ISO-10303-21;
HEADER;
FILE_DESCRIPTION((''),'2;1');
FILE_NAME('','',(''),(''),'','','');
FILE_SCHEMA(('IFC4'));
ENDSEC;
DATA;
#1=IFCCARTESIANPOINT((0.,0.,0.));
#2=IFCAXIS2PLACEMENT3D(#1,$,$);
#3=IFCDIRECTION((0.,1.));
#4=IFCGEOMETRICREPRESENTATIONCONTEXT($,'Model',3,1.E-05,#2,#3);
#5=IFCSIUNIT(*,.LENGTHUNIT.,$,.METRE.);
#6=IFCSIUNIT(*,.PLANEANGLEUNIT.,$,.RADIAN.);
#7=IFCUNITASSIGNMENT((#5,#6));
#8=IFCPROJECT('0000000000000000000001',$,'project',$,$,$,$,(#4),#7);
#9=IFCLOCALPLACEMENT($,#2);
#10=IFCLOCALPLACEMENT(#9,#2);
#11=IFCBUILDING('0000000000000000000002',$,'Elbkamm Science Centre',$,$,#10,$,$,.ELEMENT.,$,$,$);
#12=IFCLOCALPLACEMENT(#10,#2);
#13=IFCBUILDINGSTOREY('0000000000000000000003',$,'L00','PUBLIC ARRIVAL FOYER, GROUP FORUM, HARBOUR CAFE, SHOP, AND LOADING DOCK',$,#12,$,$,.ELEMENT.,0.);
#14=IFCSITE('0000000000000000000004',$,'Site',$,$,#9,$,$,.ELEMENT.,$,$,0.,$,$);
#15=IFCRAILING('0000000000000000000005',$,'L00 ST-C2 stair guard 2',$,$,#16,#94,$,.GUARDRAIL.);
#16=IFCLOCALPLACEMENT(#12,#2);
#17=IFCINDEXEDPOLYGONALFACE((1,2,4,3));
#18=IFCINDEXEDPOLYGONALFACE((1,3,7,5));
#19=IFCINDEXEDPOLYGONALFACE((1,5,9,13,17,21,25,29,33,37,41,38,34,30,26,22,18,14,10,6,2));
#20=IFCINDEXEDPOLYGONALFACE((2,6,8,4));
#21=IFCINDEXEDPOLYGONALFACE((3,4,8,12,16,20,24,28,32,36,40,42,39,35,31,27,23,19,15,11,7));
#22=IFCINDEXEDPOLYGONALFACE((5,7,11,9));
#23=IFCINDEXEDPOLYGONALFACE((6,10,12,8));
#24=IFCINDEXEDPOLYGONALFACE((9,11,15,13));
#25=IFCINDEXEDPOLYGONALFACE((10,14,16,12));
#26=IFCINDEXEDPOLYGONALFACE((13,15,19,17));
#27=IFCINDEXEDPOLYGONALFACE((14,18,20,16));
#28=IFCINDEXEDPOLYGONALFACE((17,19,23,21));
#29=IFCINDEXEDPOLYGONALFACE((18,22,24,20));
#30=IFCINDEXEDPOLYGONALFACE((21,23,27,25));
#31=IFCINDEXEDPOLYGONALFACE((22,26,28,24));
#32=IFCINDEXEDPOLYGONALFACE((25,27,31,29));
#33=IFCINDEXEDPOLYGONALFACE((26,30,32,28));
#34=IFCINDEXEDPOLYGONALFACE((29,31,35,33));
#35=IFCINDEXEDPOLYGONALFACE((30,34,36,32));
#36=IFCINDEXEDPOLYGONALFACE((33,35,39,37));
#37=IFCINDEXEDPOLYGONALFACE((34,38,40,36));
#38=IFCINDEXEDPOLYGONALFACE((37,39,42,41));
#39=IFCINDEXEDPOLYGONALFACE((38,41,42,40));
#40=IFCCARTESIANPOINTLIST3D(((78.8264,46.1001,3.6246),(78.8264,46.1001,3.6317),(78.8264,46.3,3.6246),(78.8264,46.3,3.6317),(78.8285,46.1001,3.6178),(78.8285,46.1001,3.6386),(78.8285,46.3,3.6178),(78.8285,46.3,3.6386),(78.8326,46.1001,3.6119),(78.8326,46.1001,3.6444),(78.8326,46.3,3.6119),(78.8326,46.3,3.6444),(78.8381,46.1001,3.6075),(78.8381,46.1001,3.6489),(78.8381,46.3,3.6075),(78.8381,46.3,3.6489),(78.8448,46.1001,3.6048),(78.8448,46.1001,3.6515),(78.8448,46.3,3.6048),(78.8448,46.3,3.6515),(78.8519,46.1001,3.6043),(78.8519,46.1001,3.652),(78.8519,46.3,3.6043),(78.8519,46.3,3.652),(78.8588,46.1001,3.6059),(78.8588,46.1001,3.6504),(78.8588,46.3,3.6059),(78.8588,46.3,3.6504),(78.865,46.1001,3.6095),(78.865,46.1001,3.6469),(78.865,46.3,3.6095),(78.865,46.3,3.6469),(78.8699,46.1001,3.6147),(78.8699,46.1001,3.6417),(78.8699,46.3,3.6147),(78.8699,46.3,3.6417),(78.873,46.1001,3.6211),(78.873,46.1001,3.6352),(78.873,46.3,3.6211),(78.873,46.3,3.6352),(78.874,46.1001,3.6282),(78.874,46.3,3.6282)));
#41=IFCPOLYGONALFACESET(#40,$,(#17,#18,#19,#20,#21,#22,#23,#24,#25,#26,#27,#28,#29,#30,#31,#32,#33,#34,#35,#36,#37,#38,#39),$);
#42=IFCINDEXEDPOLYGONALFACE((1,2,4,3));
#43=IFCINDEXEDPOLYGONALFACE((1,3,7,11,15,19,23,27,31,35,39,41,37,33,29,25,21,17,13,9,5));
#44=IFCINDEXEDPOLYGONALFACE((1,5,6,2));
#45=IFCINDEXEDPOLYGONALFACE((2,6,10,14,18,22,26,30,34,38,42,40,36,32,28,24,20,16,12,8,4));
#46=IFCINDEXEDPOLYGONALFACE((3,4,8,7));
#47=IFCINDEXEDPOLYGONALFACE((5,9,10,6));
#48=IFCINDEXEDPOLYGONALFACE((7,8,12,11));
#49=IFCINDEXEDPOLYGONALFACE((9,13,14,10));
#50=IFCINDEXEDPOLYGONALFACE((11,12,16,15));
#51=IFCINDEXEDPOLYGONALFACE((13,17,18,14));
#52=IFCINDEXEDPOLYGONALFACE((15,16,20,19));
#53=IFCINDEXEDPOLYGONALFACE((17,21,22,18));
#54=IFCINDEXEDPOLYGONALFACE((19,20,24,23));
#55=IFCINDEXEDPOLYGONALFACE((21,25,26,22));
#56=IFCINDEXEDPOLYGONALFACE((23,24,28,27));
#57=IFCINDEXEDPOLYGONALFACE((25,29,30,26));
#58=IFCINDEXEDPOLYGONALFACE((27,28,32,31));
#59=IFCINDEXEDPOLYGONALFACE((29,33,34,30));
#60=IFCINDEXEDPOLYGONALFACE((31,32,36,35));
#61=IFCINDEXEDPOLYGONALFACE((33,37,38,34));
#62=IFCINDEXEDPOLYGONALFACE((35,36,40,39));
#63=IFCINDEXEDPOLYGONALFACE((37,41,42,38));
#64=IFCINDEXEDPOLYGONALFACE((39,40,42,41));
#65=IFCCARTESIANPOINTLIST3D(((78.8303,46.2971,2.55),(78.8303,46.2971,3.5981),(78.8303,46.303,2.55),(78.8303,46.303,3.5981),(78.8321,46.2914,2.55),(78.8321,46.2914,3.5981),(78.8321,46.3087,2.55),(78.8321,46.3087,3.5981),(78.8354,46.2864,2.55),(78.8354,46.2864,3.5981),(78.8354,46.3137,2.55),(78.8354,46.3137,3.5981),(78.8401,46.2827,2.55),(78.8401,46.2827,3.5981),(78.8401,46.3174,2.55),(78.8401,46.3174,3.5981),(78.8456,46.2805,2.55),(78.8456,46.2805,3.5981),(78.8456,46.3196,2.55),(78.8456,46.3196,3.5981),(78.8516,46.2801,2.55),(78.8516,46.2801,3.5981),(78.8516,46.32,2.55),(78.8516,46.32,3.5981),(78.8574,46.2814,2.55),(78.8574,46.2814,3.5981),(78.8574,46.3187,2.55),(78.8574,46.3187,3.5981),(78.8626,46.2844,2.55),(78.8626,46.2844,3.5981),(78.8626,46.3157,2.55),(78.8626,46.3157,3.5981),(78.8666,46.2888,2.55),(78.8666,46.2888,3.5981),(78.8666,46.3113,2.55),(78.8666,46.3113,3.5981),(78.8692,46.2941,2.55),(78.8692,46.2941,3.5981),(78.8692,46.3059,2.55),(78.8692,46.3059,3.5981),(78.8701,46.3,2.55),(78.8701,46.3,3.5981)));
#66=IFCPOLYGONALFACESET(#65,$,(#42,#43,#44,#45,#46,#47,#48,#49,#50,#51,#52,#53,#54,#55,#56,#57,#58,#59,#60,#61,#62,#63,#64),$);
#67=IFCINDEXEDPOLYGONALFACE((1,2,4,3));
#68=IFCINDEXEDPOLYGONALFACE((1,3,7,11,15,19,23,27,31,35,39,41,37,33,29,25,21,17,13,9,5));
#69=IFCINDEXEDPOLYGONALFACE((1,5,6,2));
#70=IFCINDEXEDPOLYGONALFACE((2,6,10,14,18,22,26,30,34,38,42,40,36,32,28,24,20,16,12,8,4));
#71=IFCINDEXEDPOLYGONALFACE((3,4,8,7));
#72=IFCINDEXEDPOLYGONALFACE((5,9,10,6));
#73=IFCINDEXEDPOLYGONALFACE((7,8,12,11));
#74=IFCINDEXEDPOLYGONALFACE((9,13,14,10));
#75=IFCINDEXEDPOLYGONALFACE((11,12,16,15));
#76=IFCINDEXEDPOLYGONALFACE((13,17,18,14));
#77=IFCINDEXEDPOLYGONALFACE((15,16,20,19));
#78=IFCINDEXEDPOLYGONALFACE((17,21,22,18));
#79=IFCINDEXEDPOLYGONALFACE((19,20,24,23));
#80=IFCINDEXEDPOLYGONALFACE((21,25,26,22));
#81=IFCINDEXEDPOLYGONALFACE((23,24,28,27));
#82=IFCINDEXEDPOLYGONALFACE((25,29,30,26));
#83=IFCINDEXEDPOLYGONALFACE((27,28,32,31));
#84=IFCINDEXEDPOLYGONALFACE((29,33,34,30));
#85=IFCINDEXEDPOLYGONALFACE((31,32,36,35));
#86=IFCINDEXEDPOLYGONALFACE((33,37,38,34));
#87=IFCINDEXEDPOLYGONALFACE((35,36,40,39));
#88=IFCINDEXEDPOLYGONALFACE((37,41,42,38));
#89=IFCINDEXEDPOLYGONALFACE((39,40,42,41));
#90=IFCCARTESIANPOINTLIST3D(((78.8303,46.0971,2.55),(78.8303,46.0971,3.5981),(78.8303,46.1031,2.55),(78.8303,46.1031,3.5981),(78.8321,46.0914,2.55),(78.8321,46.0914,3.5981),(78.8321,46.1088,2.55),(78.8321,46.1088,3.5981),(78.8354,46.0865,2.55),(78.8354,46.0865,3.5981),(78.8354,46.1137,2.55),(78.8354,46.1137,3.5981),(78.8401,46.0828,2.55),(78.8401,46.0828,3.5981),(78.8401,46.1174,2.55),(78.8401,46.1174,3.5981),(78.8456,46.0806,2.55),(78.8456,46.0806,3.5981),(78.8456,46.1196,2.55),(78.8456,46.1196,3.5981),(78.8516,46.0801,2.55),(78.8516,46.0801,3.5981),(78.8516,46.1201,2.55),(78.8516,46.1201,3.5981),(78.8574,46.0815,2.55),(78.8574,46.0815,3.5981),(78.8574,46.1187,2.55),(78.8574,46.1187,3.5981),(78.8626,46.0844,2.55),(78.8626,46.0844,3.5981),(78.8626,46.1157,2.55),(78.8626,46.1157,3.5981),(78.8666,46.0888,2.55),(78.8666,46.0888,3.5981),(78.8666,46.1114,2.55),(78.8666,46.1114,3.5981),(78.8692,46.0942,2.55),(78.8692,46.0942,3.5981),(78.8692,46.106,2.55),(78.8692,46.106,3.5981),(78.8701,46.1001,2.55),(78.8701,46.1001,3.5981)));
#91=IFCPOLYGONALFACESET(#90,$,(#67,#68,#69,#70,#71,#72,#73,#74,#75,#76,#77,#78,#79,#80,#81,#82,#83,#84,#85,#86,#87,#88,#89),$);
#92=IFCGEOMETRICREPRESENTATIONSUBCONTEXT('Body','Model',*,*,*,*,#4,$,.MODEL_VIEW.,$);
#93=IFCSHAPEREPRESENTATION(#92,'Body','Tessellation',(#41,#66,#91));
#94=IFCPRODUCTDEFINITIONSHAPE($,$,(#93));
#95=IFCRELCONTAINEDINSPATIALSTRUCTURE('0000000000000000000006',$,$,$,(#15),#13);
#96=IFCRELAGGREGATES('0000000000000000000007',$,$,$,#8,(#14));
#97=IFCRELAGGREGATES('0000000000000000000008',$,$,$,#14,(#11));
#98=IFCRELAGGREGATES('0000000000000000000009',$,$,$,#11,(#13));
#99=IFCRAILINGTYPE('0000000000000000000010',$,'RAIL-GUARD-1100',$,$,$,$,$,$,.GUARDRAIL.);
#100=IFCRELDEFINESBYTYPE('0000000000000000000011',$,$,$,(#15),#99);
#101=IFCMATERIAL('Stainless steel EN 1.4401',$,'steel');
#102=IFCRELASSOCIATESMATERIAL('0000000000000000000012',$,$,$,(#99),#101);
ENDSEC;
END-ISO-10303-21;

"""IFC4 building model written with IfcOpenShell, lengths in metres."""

from ifc_helpers import new_model, si_unit, direction, frame, origin, origin_2d, place, context, subcontext, project, spatial, circle, extrude, material, type_object, element, save


model = new_model("IFC4")

# Units and contexts
model_context = context("Model", 3, precision=1e-05, world=origin(), true_north=direction((0.0, 1.0)))
body_context = subcontext(model_context, "Body", "Model", "MODEL_VIEW")
ifc_project = project(units=[si_unit("LENGTHUNIT", "METRE"), si_unit("PLANEANGLEUNIT", "RADIAN")], contexts=[model_context])

# Site, building, storey
site_placement = place(None, origin())
site = spatial("IfcSite", under=ifc_project, at=site_placement, Name="Site", CompositionType="ELEMENT", RefElevation=0.0)
building_placement = place(site_placement, origin())
building = spatial("IfcBuilding", under=site, at=building_placement, Name="Elbkamm Science Centre", CompositionType="ELEMENT")
storey_placement = place(building_placement, origin())
storey = spatial("IfcBuildingStorey", under=building, at=storey_placement, Name="L00", Description="PUBLIC ARRIVAL FOYER, GROUP FORUM, HARBOUR CAFE, SHOP, AND LOADING DOCK", CompositionType="ELEMENT", Elevation=0.0)

# Railing
ifc_material_1 = material(Name="Stainless steel EN 1.4401", Category="steel")
railing_type_1 = type_object("IfcRailingType", Name="RAIL-GUARD-1100", PredefinedType="GUARDRAIL", material=ifc_material_1)
railing_1_placement = place(storey_placement, frame((78.8501, 46.3, 2.55)))
element("IfcRailing", 1, at=railing_1_placement, inside=storey, type_object=railing_type_1, Name="L00 ST-C2 stair guard 2", PredefinedType="GUARDRAIL", context=body_context, shape_type="SweptSolid", body=[
    extrude(circle(Radius=0.0239, at=origin_2d()), frame((0.0, 0.0, 1.0781), z_axis=(0.0, -1.0, 0.0), x_axis=(1.0, 0.0, 0.0)), (0.0, 0.0, 1.0), 0.2),
    extrude(circle(Radius=0.02, at=origin_2d()), origin(), (0.0, 0.0, 1.0), 1.0481),
    extrude(circle(Radius=0.02, at=origin_2d()), frame((0.0, -0.2, 0.0)), (0.0, 0.0, 1.0), 1.0481),
])

save(model, "model.ifc")
